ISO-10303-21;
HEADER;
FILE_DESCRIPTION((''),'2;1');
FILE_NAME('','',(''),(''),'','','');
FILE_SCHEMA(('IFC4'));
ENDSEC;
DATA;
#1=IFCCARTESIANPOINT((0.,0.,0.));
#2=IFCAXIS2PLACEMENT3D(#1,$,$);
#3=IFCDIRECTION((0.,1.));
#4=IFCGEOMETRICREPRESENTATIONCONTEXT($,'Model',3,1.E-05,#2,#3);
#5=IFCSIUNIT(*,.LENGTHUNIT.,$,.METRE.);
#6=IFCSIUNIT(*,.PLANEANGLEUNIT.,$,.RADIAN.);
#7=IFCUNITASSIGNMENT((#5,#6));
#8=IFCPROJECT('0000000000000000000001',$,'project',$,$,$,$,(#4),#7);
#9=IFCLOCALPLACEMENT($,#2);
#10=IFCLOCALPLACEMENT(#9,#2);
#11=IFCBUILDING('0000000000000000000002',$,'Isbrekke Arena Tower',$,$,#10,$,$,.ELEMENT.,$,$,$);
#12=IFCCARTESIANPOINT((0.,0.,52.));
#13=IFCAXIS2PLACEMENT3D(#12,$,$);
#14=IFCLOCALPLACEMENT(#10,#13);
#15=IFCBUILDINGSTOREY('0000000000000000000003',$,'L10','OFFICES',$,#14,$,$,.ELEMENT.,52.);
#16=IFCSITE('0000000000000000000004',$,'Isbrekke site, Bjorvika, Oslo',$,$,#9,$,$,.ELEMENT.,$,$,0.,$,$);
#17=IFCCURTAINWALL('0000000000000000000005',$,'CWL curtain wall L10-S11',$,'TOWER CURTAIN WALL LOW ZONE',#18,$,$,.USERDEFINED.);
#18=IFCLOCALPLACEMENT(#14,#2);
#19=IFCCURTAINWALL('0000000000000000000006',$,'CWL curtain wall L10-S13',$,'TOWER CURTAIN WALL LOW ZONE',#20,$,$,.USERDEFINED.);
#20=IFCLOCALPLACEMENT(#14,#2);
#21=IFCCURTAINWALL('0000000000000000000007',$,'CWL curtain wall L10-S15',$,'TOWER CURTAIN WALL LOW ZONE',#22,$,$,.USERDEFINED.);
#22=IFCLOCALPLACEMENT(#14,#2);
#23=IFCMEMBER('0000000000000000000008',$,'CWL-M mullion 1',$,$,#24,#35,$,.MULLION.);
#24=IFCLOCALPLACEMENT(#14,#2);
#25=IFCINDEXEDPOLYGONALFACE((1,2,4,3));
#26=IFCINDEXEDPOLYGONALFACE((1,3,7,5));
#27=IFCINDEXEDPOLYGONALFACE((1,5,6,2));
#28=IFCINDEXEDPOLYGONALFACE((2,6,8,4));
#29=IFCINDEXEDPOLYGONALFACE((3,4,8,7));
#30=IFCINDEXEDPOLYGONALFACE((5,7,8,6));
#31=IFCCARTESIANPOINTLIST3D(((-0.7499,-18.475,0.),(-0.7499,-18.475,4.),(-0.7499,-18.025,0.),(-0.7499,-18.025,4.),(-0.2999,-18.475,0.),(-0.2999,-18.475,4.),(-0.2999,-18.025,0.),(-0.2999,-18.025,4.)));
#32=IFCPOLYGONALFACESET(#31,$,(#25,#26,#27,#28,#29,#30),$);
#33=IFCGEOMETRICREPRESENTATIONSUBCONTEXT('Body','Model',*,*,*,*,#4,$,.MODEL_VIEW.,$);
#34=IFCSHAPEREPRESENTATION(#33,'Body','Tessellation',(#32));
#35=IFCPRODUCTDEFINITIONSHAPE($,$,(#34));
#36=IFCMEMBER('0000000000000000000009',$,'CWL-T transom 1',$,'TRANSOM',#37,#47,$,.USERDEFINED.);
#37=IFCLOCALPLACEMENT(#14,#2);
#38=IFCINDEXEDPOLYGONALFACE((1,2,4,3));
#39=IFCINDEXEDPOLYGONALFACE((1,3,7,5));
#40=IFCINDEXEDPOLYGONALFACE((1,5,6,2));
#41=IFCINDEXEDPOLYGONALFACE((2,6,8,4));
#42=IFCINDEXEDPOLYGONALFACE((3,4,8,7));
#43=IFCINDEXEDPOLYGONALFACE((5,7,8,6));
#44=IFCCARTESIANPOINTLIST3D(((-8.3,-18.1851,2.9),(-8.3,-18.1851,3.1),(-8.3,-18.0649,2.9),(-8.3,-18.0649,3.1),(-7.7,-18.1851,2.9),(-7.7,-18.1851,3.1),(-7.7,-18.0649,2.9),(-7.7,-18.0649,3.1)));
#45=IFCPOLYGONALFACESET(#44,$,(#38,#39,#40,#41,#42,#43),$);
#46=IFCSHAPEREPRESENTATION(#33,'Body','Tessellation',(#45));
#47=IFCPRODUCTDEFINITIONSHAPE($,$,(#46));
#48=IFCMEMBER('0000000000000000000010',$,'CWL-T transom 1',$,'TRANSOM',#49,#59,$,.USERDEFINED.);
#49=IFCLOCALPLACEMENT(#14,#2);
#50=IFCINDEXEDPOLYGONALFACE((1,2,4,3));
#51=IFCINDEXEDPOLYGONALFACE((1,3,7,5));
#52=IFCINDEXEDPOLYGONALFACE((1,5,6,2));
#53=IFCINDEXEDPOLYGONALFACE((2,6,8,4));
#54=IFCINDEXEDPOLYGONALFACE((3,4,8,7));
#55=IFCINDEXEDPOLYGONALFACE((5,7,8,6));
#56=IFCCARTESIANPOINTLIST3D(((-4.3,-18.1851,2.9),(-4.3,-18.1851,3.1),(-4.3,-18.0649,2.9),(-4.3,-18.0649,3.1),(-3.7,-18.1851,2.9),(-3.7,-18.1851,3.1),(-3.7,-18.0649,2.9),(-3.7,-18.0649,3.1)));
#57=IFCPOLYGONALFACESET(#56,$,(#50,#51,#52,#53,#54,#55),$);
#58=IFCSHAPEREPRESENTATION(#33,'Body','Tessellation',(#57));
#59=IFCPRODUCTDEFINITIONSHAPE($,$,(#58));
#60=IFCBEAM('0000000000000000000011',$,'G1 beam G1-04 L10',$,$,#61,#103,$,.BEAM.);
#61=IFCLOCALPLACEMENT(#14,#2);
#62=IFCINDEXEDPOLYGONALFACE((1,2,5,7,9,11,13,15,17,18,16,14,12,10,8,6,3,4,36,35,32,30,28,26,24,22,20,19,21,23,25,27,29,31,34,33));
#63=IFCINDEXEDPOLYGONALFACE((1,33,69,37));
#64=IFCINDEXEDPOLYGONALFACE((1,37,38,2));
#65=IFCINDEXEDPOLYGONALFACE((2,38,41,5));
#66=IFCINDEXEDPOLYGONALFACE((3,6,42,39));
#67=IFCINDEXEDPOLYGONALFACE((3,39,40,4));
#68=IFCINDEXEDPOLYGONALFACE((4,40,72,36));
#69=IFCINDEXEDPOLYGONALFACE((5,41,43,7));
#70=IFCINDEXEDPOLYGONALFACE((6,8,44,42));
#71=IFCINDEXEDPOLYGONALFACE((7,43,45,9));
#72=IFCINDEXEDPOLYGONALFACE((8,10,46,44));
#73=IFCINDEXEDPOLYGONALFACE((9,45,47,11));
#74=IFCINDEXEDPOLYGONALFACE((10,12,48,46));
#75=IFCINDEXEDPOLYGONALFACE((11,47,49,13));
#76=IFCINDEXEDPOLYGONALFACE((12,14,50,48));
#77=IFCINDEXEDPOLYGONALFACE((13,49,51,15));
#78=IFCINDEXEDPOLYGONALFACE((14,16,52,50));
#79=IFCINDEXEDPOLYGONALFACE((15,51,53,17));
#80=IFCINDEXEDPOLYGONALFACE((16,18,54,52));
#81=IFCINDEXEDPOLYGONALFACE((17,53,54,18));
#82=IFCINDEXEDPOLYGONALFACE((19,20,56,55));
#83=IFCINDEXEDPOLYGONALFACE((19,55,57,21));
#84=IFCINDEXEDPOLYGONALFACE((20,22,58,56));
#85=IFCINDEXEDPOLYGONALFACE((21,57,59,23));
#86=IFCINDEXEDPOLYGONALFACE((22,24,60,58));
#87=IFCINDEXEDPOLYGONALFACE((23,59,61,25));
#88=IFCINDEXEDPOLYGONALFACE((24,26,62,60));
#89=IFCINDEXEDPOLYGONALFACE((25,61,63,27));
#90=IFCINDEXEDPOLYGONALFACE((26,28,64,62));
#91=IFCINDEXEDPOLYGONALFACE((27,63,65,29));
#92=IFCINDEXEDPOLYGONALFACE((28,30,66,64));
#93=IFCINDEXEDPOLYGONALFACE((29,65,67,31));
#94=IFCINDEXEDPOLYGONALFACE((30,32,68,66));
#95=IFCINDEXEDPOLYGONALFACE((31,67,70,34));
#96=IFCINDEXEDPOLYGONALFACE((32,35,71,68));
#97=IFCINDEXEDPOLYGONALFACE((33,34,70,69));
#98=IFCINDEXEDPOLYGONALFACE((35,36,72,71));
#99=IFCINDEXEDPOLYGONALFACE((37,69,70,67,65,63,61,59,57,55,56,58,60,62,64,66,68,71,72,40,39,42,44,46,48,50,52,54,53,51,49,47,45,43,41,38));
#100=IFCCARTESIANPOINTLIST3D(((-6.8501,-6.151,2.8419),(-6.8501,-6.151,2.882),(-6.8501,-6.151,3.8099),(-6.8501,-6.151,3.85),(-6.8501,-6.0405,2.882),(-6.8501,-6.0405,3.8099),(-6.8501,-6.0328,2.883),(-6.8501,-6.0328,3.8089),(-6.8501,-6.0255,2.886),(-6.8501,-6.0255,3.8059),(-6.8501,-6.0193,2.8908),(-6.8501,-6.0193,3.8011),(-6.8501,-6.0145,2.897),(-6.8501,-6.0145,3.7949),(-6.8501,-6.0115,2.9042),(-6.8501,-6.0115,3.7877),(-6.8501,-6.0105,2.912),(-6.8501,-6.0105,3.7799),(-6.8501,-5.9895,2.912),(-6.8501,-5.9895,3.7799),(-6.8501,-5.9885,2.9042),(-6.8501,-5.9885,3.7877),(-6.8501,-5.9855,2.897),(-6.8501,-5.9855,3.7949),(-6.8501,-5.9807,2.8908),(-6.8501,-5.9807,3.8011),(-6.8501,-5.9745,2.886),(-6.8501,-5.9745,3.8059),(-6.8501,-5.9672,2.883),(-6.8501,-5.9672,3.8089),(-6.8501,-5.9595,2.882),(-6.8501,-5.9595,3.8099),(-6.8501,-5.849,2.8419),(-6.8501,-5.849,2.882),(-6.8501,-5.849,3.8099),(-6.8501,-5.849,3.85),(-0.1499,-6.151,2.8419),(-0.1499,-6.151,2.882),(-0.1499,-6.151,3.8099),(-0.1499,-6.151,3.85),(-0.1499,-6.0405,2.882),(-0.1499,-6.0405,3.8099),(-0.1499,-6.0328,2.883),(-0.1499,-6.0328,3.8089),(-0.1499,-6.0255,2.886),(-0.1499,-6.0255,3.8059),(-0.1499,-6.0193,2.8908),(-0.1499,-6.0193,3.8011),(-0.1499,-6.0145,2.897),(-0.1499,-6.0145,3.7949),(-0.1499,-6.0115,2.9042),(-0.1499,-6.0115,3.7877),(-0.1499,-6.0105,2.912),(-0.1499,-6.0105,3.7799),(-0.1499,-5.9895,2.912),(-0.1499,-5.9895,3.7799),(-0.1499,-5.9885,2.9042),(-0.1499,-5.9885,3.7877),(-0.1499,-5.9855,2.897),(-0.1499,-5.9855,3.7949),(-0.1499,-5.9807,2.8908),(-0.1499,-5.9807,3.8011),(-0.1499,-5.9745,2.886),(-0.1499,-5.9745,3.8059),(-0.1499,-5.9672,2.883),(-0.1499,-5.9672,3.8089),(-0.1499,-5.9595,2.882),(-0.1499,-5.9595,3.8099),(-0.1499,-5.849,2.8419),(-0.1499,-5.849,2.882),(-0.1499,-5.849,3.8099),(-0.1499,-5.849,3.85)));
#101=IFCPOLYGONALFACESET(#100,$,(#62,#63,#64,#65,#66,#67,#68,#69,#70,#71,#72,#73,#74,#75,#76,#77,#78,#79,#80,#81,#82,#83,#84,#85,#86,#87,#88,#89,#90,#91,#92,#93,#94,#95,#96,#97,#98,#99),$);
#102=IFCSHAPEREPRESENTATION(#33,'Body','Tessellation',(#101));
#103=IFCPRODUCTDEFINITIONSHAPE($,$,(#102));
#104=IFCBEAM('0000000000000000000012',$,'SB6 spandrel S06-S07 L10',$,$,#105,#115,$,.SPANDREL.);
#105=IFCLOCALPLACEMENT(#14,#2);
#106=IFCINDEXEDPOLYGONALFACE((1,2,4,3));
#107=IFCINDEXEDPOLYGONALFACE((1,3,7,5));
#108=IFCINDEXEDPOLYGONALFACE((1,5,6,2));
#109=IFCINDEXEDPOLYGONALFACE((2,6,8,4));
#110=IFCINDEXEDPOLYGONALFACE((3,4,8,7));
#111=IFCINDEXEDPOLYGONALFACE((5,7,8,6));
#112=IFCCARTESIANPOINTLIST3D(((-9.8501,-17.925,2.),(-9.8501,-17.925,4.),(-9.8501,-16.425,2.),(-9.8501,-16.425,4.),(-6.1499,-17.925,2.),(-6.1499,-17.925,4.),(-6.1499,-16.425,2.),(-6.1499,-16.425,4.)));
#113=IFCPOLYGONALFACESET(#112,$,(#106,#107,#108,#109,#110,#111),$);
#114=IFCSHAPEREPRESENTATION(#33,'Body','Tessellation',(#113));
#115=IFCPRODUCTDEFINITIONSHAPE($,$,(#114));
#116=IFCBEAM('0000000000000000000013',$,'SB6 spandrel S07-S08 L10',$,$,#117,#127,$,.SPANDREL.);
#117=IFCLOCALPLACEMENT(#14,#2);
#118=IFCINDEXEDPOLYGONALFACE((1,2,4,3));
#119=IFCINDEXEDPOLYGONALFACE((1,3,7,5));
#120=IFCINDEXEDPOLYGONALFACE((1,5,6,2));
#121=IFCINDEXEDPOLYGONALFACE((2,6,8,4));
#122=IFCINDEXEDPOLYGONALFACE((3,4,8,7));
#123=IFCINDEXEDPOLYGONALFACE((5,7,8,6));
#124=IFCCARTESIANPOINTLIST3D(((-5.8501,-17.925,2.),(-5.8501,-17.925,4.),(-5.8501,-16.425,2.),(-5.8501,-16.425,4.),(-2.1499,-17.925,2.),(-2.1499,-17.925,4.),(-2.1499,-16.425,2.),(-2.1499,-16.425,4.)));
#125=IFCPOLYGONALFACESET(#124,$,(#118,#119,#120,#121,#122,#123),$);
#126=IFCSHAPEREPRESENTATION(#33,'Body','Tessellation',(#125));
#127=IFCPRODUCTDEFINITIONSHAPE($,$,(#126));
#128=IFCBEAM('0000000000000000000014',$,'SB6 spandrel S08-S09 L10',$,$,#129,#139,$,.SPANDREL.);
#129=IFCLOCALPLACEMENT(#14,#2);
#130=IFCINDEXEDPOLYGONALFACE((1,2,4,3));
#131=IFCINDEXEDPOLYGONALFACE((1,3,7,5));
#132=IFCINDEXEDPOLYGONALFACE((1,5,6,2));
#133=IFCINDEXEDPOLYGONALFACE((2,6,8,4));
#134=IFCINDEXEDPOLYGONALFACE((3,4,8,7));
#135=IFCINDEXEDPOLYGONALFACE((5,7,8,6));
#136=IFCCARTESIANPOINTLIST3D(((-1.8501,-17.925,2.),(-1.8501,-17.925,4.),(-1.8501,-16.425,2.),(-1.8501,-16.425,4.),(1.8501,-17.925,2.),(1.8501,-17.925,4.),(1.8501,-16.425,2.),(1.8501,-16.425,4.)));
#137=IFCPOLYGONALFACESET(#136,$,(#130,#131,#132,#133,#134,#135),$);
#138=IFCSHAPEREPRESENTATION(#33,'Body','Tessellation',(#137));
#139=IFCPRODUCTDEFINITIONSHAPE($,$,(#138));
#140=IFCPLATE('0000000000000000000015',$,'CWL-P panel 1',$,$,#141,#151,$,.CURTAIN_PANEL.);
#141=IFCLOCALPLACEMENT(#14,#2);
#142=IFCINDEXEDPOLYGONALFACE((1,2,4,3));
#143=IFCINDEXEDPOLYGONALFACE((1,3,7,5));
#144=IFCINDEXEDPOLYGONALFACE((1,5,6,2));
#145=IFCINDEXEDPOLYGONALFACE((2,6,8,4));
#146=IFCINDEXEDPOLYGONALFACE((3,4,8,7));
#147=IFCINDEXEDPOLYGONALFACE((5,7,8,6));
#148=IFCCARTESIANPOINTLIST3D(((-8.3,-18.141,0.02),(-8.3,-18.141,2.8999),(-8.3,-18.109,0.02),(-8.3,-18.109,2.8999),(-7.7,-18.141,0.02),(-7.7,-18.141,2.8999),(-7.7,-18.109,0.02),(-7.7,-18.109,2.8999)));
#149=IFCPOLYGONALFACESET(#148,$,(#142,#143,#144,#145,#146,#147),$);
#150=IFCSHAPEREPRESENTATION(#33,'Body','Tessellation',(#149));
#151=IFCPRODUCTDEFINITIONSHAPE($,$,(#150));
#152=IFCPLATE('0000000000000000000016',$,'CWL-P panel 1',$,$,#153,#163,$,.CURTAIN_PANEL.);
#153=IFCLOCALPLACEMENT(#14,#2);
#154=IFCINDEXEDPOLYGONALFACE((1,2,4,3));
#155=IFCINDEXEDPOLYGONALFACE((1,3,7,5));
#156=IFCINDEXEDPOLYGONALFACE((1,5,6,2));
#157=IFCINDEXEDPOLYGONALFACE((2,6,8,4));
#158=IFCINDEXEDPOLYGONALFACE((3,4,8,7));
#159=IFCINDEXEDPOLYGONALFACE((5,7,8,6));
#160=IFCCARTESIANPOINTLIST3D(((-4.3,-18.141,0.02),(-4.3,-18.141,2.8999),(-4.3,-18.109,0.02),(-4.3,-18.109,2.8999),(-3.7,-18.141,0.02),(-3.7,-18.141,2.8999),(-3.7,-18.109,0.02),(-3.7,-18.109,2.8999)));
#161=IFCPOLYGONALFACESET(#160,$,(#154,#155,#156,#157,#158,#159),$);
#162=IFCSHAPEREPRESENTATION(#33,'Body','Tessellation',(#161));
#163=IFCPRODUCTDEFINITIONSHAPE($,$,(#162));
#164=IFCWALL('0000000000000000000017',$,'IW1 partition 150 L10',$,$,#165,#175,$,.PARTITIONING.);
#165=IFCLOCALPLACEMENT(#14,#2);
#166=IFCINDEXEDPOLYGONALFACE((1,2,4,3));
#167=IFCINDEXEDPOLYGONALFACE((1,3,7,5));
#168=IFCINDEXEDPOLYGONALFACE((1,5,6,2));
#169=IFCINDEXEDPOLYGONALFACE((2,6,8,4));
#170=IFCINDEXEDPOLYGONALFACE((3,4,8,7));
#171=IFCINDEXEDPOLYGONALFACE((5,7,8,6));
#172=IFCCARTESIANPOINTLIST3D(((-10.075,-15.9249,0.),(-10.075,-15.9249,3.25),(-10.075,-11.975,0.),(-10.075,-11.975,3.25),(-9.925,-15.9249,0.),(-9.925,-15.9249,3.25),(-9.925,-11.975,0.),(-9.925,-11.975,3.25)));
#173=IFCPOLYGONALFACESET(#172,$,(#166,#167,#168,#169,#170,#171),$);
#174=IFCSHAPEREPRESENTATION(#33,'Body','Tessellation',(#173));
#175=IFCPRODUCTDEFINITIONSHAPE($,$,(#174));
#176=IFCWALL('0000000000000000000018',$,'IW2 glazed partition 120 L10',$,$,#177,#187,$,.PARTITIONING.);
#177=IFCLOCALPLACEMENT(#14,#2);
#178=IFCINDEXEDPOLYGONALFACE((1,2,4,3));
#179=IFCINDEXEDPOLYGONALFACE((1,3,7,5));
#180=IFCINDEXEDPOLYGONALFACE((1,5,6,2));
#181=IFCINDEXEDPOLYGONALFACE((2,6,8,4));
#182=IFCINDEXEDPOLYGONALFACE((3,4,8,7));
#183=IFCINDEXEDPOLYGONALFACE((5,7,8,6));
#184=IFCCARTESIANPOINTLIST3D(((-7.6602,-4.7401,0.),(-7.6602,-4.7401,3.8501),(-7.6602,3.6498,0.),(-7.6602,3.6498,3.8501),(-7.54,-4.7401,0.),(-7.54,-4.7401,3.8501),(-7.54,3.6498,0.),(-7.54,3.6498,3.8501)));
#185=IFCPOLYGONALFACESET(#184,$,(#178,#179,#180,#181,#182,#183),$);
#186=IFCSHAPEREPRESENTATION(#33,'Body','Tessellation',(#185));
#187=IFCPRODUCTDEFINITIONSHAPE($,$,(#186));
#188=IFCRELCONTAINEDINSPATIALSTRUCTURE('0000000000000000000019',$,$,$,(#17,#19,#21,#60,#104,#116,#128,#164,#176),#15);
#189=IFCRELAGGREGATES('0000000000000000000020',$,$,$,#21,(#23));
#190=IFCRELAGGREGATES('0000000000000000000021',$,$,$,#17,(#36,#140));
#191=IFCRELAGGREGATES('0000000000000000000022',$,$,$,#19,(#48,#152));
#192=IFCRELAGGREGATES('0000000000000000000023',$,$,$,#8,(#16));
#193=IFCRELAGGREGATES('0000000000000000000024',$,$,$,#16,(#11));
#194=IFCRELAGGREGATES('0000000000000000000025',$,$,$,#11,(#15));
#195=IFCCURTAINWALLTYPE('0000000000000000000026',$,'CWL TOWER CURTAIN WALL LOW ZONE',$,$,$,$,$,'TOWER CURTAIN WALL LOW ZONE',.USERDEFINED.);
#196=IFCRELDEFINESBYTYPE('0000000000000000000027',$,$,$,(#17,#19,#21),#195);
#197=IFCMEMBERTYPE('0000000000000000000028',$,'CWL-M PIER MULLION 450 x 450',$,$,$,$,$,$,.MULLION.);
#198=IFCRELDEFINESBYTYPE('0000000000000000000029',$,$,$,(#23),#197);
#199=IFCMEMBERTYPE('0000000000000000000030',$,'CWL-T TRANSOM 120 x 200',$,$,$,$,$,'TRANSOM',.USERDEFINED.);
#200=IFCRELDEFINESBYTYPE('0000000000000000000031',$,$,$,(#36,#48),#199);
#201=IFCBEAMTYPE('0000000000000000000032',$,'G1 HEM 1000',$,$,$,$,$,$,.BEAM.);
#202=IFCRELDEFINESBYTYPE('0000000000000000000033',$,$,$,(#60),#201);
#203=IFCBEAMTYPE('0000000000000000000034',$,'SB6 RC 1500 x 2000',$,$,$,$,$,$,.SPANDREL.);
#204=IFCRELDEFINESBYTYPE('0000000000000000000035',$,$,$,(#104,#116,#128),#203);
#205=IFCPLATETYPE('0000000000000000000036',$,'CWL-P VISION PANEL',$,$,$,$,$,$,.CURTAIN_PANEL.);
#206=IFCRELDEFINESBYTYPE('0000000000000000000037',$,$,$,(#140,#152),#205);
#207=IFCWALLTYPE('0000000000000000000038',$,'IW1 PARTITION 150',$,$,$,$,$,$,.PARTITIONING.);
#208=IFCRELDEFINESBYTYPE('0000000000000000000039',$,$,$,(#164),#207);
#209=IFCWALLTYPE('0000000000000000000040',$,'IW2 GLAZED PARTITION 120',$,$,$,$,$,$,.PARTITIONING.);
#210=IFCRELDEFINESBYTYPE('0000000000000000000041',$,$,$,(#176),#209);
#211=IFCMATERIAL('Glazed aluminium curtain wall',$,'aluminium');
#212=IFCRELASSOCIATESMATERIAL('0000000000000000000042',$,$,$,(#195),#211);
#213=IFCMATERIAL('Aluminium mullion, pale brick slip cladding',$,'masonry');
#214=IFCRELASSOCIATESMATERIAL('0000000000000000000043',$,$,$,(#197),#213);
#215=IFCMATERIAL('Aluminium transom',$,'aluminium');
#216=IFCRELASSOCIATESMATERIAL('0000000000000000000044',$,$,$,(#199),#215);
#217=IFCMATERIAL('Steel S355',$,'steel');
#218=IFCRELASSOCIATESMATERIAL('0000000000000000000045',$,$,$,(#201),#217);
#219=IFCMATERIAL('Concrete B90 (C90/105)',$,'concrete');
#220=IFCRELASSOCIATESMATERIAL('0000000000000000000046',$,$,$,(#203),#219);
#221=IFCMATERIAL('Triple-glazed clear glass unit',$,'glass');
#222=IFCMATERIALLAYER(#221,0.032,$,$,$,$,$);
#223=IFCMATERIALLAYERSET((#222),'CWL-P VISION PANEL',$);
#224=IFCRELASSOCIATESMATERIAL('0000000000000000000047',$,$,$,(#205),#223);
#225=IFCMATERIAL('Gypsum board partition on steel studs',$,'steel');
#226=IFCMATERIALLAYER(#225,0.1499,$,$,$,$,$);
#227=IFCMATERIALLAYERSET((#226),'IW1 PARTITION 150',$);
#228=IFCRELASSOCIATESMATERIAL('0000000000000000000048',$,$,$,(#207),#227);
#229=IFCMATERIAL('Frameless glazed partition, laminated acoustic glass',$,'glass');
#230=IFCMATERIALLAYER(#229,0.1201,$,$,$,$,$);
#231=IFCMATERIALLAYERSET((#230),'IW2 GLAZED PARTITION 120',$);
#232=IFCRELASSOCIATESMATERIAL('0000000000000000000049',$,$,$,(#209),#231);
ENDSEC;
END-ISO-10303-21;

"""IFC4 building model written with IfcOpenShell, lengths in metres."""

from ifc_helpers import new_model, si_unit, direction, frame, frame_2d, origin, origin_2d, place, context, subcontext, project, spatial, rectangle, i_section, extrude, material, layer, layer_set, material_profile, profile_set, type_object, element, aggregate, save


model = new_model("IFC4")

# Units and contexts
model_context = context("Model", 3, precision=1e-05, world=origin(), true_north=direction((0.0, 1.0)))
body_context = subcontext(model_context, "Body", "Model", "MODEL_VIEW")
ifc_project = project(units=[si_unit("LENGTHUNIT", "METRE"), si_unit("PLANEANGLEUNIT", "RADIAN")], contexts=[model_context])

# Site, building, storey
site_placement = place(None, origin())
site = spatial("IfcSite", under=ifc_project, at=site_placement, Name="Isbrekke site, Bjorvika, Oslo", CompositionType="ELEMENT", RefElevation=0.0)
building_placement = place(site_placement, origin())
building = spatial("IfcBuilding", under=site, at=building_placement, Name="Isbrekke Arena Tower", CompositionType="ELEMENT")
storey_placement = place(building_placement, frame((0.0, 0.0, 52.0)))
storey = spatial("IfcBuildingStorey", under=building, at=storey_placement, Name="L10", Description="OFFICES", CompositionType="ELEMENT", Elevation=52.0)

# Curtain walls
ifc_material_1 = material(Name="Glazed aluminium curtain wall", Category="aluminium")
curtain_wall_type = type_object("IfcCurtainWallType", Name="CWL TOWER CURTAIN WALL LOW ZONE", ElementType="TOWER CURTAIN WALL LOW ZONE", PredefinedType="USERDEFINED", material=ifc_material_1)
curtain_wall_1_placement = place(storey_placement, origin())
curtain_wall_1 = element("IfcCurtainWall", 1, at=curtain_wall_1_placement, inside=storey, type_object=curtain_wall_type, Name="CWL curtain wall L10-S11", ObjectType="TOWER CURTAIN WALL LOW ZONE", PredefinedType="USERDEFINED")
ifc_material_2 = material(Name="Aluminium mullion, pale brick slip cladding", Category="masonry")
ifc_material_profile_1 = material_profile(ifc_material_2, rectangle(XDim=0.45, YDim=0.45, at=origin_2d()), Name="PIER 450X450")
ifc_profile_set_1 = profile_set([ifc_material_profile_1], Name="Aluminium mullion, pale brick slip cladding")
member_type_1 = type_object("IfcMemberType", Name="CWL-M PIER MULLION 450 x 450", PredefinedType="MULLION", material=ifc_profile_set_1)
curtain_wall_2_placement = place(storey_placement, origin())
curtain_wall_2 = element("IfcCurtainWall", 2, at=curtain_wall_2_placement, inside=storey, type_object=curtain_wall_type, Name="CWL curtain wall L10-S13", ObjectType="TOWER CURTAIN WALL LOW ZONE", PredefinedType="USERDEFINED")

# Curtain wall, member
curtain_wall_3_placement = place(storey_placement, origin())
curtain_wall_3 = element("IfcCurtainWall", 3, at=curtain_wall_3_placement, inside=storey, type_object=curtain_wall_type, Name="CWL curtain wall L10-S15", ObjectType="TOWER CURTAIN WALL LOW ZONE", PredefinedType="USERDEFINED")
member_1_placement = place(storey_placement, frame((-0.5249, -18.25, 0.0), z_axis=(0.0, 0.0, 1.0), x_axis=(1.0, 0.0, 0.0)))
member_1 = element("IfcMember", 4, at=member_1_placement, type_object=member_type_1, Name="CWL-M mullion 1", PredefinedType="MULLION", context=body_context, shape_type="SweptSolid", body=[
    extrude(rectangle(XDim=0.45, YDim=0.45, at=origin_2d()), origin(), (0.0, 0.0, 1.0), 4.0),
])
aggregate(curtain_wall_3, [member_1])

# Members
ifc_material_3 = material(Name="Aluminium transom", Category="aluminium")
ifc_material_profile_2 = material_profile(ifc_material_3, rectangle(XDim=0.1201, YDim=0.2, at=origin_2d()), Name="TRANSOM 120X200")
ifc_profile_set_2 = profile_set([ifc_material_profile_2], Name="Aluminium transom")
member_type_2 = type_object("IfcMemberType", Name="CWL-T TRANSOM 120 x 200", ElementType="TRANSOM", PredefinedType="USERDEFINED", material=ifc_profile_set_2)
member_2_placement = place(storey_placement, frame((-8.3, -18.125, 3.0), z_axis=(1.0, 0.0, 0.0), x_axis=(0.0, 1.0, 0.0)))
member_2 = element("IfcMember", 5, at=member_2_placement, type_object=member_type_2, Name="CWL-T transom 1", ObjectType="TRANSOM", PredefinedType="USERDEFINED", context=body_context, shape_type="SweptSolid", body=[
    extrude(rectangle(XDim=0.1201, YDim=0.2, at=origin_2d()), origin(), (0.0, 0.0, 1.0), 0.6001),
])
member_3_placement = place(storey_placement, frame((-4.3, -18.125, 3.0), z_axis=(1.0, 0.0, 0.0), x_axis=(0.0, 1.0, 0.0)))
member_3 = element("IfcMember", 6, at=member_3_placement, type_object=member_type_2, Name="CWL-T transom 1", ObjectType="TRANSOM", PredefinedType="USERDEFINED", context=body_context, shape_type="SweptSolid", body=[
    extrude(rectangle(XDim=0.1201, YDim=0.2, at=origin_2d()), origin(), (0.0, 0.0, 1.0), 0.6001),
])

# Beams
ifc_material_4 = material(Name="Steel S355", Category="steel")
ifc_material_profile_3 = material_profile(ifc_material_4, i_section(OverallWidth=0.302, OverallDepth=1.0081, WebThickness=0.021, FlangeThickness=0.04, FilletRadius=0.03, at=origin_2d()), Name="HEM 1000")
ifc_profile_set_3 = profile_set([ifc_material_profile_3], Name="Steel S355")
beam_type_1 = type_object("IfcBeamType", Name="G1 HEM 1000", PredefinedType="BEAM", material=ifc_profile_set_3)
beam_1_placement = place(storey_placement, frame((-6.8501, -6.0, 3.3459), z_axis=(1.0, 0.0, 0.0), x_axis=(0.0, 1.0, 0.0)))
element("IfcBeam", 7, at=beam_1_placement, inside=storey, type_object=beam_type_1, Name="G1 beam G1-04 L10", PredefinedType="BEAM", context=body_context, shape_type="SweptSolid", body=[
    extrude(i_section(OverallWidth=0.302, OverallDepth=1.0081, WebThickness=0.021, FlangeThickness=0.04, FilletRadius=0.03, at=origin_2d()), origin(), (0.0, 0.0, 1.0), 6.7002),
])
ifc_material_5 = material(Name="Concrete B90 (C90/105)", Category="concrete")
ifc_material_profile_4 = material_profile(ifc_material_5, rectangle(XDim=1.5, YDim=2.0, at=origin_2d()), Name="RC 1500x2000")
ifc_profile_set_4 = profile_set([ifc_material_profile_4], Name="Concrete B90 (C90/105)")
beam_type_2 = type_object("IfcBeamType", Name="SB6 RC 1500 x 2000", PredefinedType="SPANDREL", material=ifc_profile_set_4)
for number, where, z_axis, x_axis, name in (
    (8, (-9.8501, -17.175, 3.0), (1.0, 0.0, 0.0), (0.0, 1.0, 0.0), "SB6 spandrel S06-S07 L10"),
    (9, (-5.8501, -17.175, 3.0), (1.0, 0.0, 0.0), (0.0, 1.0, 0.0), "SB6 spandrel S07-S08 L10"),
    (10, (-1.8501, -17.175, 3.0), (1.0, 0.0, 0.0), (0.0, 1.0, 0.0), "SB6 spandrel S08-S09 L10"),
):
    element("IfcBeam", number, at=place(storey_placement, frame(where, z_axis=z_axis, x_axis=x_axis)), inside=storey, type_object=beam_type_2, Name=name, PredefinedType="SPANDREL", context=body_context, shape_type="SweptSolid", body=[
        extrude(rectangle(XDim=1.5, YDim=2.0, at=origin_2d()), origin(), (0.0, 0.0, 1.0), 3.7002),
    ])

# Plates
ifc_material_6 = material(Name="Triple-glazed clear glass unit", Category="glass")
ifc_layer_1 = layer(ifc_material_6, 0.032)
ifc_layer_set_1 = layer_set([ifc_layer_1], Name="CWL-P VISION PANEL")
plate_type = type_object("IfcPlateType", Name="CWL-P VISION PANEL", PredefinedType="CURTAIN_PANEL", material=ifc_layer_set_1)
plate_1_placement = place(storey_placement, frame((-8.0, -18.125, 0.02), z_axis=(0.0, 0.0, 1.0), x_axis=(1.0, 0.0, 0.0)))
plate_1 = element("IfcPlate", 11, at=plate_1_placement, type_object=plate_type, Name="CWL-P panel 1", PredefinedType="CURTAIN_PANEL", context=body_context, shape_type="SweptSolid", body=[
    extrude(rectangle(XDim=0.6001, YDim=0.032, at=origin_2d()), origin(), (0.0, 0.0, 1.0), 2.8799),
])
aggregate(curtain_wall_1, [member_2, plate_1])
plate_2_placement = place(storey_placement, frame((-4.0, -18.125, 0.02), z_axis=(0.0, 0.0, 1.0), x_axis=(1.0, 0.0, 0.0)))
plate_2 = element("IfcPlate", 12, at=plate_2_placement, type_object=plate_type, Name="CWL-P panel 1", PredefinedType="CURTAIN_PANEL", context=body_context, shape_type="SweptSolid", body=[
    extrude(rectangle(XDim=0.6001, YDim=0.032, at=origin_2d()), origin(), (0.0, 0.0, 1.0), 2.8799),
])
aggregate(curtain_wall_2, [member_3, plate_2])

# Wall
ifc_material_7 = material(Name="Gypsum board partition on steel studs", Category="steel")
ifc_layer_2 = layer(ifc_material_7, 0.1499)
ifc_layer_set_2 = layer_set([ifc_layer_2], Name="IW1 PARTITION 150")
wall_type_1 = type_object("IfcWallType", Name="IW1 PARTITION 150", PredefinedType="PARTITIONING", material=ifc_layer_set_2)
wall_1_placement = place(storey_placement, frame((-10.0, -15.925, 0.0), z_axis=(0.0, 0.0, 1.0), x_axis=(0.0, 1.0, 0.0)))
element("IfcWall", 13, at=wall_1_placement, inside=storey, type_object=wall_type_1, Name="IW1 partition 150 L10", PredefinedType="PARTITIONING", context=body_context, shape_type="SweptSolid", body=[
    extrude(rectangle(XDim=3.95, YDim=0.1499, at=frame_2d((1.9751, 0.0))), origin(), (0.0, 0.0, 1.0), 3.25),
])

# Shared definitions
ifc_material_8 = material(Name="Frameless glazed partition, laminated acoustic glass", Category="glass")
ifc_layer_3 = layer(ifc_material_8, 0.1201)
ifc_layer_set_3 = layer_set([ifc_layer_3], Name="IW2 GLAZED PARTITION 120")
wall_type_2 = type_object("IfcWallType", Name="IW2 GLAZED PARTITION 120", PredefinedType="PARTITIONING", material=ifc_layer_set_3)

# Wall
wall_2_placement = place(storey_placement, frame((-7.6001, -4.74, 0.0), z_axis=(0.0, 0.0, 1.0), x_axis=(0.0, 1.0, 0.0)))
element("IfcWall", 14, at=wall_2_placement, inside=storey, type_object=wall_type_2, Name="IW2 glazed partition 120 L10", PredefinedType="PARTITIONING", context=body_context, shape_type="SweptSolid", body=[
    extrude(rectangle(XDim=8.3899, YDim=0.1201, at=frame_2d((4.1948, 0.0))), origin(), (0.0, 0.0, 1.0), 3.8501),
])

save(model, "model.ifc")
